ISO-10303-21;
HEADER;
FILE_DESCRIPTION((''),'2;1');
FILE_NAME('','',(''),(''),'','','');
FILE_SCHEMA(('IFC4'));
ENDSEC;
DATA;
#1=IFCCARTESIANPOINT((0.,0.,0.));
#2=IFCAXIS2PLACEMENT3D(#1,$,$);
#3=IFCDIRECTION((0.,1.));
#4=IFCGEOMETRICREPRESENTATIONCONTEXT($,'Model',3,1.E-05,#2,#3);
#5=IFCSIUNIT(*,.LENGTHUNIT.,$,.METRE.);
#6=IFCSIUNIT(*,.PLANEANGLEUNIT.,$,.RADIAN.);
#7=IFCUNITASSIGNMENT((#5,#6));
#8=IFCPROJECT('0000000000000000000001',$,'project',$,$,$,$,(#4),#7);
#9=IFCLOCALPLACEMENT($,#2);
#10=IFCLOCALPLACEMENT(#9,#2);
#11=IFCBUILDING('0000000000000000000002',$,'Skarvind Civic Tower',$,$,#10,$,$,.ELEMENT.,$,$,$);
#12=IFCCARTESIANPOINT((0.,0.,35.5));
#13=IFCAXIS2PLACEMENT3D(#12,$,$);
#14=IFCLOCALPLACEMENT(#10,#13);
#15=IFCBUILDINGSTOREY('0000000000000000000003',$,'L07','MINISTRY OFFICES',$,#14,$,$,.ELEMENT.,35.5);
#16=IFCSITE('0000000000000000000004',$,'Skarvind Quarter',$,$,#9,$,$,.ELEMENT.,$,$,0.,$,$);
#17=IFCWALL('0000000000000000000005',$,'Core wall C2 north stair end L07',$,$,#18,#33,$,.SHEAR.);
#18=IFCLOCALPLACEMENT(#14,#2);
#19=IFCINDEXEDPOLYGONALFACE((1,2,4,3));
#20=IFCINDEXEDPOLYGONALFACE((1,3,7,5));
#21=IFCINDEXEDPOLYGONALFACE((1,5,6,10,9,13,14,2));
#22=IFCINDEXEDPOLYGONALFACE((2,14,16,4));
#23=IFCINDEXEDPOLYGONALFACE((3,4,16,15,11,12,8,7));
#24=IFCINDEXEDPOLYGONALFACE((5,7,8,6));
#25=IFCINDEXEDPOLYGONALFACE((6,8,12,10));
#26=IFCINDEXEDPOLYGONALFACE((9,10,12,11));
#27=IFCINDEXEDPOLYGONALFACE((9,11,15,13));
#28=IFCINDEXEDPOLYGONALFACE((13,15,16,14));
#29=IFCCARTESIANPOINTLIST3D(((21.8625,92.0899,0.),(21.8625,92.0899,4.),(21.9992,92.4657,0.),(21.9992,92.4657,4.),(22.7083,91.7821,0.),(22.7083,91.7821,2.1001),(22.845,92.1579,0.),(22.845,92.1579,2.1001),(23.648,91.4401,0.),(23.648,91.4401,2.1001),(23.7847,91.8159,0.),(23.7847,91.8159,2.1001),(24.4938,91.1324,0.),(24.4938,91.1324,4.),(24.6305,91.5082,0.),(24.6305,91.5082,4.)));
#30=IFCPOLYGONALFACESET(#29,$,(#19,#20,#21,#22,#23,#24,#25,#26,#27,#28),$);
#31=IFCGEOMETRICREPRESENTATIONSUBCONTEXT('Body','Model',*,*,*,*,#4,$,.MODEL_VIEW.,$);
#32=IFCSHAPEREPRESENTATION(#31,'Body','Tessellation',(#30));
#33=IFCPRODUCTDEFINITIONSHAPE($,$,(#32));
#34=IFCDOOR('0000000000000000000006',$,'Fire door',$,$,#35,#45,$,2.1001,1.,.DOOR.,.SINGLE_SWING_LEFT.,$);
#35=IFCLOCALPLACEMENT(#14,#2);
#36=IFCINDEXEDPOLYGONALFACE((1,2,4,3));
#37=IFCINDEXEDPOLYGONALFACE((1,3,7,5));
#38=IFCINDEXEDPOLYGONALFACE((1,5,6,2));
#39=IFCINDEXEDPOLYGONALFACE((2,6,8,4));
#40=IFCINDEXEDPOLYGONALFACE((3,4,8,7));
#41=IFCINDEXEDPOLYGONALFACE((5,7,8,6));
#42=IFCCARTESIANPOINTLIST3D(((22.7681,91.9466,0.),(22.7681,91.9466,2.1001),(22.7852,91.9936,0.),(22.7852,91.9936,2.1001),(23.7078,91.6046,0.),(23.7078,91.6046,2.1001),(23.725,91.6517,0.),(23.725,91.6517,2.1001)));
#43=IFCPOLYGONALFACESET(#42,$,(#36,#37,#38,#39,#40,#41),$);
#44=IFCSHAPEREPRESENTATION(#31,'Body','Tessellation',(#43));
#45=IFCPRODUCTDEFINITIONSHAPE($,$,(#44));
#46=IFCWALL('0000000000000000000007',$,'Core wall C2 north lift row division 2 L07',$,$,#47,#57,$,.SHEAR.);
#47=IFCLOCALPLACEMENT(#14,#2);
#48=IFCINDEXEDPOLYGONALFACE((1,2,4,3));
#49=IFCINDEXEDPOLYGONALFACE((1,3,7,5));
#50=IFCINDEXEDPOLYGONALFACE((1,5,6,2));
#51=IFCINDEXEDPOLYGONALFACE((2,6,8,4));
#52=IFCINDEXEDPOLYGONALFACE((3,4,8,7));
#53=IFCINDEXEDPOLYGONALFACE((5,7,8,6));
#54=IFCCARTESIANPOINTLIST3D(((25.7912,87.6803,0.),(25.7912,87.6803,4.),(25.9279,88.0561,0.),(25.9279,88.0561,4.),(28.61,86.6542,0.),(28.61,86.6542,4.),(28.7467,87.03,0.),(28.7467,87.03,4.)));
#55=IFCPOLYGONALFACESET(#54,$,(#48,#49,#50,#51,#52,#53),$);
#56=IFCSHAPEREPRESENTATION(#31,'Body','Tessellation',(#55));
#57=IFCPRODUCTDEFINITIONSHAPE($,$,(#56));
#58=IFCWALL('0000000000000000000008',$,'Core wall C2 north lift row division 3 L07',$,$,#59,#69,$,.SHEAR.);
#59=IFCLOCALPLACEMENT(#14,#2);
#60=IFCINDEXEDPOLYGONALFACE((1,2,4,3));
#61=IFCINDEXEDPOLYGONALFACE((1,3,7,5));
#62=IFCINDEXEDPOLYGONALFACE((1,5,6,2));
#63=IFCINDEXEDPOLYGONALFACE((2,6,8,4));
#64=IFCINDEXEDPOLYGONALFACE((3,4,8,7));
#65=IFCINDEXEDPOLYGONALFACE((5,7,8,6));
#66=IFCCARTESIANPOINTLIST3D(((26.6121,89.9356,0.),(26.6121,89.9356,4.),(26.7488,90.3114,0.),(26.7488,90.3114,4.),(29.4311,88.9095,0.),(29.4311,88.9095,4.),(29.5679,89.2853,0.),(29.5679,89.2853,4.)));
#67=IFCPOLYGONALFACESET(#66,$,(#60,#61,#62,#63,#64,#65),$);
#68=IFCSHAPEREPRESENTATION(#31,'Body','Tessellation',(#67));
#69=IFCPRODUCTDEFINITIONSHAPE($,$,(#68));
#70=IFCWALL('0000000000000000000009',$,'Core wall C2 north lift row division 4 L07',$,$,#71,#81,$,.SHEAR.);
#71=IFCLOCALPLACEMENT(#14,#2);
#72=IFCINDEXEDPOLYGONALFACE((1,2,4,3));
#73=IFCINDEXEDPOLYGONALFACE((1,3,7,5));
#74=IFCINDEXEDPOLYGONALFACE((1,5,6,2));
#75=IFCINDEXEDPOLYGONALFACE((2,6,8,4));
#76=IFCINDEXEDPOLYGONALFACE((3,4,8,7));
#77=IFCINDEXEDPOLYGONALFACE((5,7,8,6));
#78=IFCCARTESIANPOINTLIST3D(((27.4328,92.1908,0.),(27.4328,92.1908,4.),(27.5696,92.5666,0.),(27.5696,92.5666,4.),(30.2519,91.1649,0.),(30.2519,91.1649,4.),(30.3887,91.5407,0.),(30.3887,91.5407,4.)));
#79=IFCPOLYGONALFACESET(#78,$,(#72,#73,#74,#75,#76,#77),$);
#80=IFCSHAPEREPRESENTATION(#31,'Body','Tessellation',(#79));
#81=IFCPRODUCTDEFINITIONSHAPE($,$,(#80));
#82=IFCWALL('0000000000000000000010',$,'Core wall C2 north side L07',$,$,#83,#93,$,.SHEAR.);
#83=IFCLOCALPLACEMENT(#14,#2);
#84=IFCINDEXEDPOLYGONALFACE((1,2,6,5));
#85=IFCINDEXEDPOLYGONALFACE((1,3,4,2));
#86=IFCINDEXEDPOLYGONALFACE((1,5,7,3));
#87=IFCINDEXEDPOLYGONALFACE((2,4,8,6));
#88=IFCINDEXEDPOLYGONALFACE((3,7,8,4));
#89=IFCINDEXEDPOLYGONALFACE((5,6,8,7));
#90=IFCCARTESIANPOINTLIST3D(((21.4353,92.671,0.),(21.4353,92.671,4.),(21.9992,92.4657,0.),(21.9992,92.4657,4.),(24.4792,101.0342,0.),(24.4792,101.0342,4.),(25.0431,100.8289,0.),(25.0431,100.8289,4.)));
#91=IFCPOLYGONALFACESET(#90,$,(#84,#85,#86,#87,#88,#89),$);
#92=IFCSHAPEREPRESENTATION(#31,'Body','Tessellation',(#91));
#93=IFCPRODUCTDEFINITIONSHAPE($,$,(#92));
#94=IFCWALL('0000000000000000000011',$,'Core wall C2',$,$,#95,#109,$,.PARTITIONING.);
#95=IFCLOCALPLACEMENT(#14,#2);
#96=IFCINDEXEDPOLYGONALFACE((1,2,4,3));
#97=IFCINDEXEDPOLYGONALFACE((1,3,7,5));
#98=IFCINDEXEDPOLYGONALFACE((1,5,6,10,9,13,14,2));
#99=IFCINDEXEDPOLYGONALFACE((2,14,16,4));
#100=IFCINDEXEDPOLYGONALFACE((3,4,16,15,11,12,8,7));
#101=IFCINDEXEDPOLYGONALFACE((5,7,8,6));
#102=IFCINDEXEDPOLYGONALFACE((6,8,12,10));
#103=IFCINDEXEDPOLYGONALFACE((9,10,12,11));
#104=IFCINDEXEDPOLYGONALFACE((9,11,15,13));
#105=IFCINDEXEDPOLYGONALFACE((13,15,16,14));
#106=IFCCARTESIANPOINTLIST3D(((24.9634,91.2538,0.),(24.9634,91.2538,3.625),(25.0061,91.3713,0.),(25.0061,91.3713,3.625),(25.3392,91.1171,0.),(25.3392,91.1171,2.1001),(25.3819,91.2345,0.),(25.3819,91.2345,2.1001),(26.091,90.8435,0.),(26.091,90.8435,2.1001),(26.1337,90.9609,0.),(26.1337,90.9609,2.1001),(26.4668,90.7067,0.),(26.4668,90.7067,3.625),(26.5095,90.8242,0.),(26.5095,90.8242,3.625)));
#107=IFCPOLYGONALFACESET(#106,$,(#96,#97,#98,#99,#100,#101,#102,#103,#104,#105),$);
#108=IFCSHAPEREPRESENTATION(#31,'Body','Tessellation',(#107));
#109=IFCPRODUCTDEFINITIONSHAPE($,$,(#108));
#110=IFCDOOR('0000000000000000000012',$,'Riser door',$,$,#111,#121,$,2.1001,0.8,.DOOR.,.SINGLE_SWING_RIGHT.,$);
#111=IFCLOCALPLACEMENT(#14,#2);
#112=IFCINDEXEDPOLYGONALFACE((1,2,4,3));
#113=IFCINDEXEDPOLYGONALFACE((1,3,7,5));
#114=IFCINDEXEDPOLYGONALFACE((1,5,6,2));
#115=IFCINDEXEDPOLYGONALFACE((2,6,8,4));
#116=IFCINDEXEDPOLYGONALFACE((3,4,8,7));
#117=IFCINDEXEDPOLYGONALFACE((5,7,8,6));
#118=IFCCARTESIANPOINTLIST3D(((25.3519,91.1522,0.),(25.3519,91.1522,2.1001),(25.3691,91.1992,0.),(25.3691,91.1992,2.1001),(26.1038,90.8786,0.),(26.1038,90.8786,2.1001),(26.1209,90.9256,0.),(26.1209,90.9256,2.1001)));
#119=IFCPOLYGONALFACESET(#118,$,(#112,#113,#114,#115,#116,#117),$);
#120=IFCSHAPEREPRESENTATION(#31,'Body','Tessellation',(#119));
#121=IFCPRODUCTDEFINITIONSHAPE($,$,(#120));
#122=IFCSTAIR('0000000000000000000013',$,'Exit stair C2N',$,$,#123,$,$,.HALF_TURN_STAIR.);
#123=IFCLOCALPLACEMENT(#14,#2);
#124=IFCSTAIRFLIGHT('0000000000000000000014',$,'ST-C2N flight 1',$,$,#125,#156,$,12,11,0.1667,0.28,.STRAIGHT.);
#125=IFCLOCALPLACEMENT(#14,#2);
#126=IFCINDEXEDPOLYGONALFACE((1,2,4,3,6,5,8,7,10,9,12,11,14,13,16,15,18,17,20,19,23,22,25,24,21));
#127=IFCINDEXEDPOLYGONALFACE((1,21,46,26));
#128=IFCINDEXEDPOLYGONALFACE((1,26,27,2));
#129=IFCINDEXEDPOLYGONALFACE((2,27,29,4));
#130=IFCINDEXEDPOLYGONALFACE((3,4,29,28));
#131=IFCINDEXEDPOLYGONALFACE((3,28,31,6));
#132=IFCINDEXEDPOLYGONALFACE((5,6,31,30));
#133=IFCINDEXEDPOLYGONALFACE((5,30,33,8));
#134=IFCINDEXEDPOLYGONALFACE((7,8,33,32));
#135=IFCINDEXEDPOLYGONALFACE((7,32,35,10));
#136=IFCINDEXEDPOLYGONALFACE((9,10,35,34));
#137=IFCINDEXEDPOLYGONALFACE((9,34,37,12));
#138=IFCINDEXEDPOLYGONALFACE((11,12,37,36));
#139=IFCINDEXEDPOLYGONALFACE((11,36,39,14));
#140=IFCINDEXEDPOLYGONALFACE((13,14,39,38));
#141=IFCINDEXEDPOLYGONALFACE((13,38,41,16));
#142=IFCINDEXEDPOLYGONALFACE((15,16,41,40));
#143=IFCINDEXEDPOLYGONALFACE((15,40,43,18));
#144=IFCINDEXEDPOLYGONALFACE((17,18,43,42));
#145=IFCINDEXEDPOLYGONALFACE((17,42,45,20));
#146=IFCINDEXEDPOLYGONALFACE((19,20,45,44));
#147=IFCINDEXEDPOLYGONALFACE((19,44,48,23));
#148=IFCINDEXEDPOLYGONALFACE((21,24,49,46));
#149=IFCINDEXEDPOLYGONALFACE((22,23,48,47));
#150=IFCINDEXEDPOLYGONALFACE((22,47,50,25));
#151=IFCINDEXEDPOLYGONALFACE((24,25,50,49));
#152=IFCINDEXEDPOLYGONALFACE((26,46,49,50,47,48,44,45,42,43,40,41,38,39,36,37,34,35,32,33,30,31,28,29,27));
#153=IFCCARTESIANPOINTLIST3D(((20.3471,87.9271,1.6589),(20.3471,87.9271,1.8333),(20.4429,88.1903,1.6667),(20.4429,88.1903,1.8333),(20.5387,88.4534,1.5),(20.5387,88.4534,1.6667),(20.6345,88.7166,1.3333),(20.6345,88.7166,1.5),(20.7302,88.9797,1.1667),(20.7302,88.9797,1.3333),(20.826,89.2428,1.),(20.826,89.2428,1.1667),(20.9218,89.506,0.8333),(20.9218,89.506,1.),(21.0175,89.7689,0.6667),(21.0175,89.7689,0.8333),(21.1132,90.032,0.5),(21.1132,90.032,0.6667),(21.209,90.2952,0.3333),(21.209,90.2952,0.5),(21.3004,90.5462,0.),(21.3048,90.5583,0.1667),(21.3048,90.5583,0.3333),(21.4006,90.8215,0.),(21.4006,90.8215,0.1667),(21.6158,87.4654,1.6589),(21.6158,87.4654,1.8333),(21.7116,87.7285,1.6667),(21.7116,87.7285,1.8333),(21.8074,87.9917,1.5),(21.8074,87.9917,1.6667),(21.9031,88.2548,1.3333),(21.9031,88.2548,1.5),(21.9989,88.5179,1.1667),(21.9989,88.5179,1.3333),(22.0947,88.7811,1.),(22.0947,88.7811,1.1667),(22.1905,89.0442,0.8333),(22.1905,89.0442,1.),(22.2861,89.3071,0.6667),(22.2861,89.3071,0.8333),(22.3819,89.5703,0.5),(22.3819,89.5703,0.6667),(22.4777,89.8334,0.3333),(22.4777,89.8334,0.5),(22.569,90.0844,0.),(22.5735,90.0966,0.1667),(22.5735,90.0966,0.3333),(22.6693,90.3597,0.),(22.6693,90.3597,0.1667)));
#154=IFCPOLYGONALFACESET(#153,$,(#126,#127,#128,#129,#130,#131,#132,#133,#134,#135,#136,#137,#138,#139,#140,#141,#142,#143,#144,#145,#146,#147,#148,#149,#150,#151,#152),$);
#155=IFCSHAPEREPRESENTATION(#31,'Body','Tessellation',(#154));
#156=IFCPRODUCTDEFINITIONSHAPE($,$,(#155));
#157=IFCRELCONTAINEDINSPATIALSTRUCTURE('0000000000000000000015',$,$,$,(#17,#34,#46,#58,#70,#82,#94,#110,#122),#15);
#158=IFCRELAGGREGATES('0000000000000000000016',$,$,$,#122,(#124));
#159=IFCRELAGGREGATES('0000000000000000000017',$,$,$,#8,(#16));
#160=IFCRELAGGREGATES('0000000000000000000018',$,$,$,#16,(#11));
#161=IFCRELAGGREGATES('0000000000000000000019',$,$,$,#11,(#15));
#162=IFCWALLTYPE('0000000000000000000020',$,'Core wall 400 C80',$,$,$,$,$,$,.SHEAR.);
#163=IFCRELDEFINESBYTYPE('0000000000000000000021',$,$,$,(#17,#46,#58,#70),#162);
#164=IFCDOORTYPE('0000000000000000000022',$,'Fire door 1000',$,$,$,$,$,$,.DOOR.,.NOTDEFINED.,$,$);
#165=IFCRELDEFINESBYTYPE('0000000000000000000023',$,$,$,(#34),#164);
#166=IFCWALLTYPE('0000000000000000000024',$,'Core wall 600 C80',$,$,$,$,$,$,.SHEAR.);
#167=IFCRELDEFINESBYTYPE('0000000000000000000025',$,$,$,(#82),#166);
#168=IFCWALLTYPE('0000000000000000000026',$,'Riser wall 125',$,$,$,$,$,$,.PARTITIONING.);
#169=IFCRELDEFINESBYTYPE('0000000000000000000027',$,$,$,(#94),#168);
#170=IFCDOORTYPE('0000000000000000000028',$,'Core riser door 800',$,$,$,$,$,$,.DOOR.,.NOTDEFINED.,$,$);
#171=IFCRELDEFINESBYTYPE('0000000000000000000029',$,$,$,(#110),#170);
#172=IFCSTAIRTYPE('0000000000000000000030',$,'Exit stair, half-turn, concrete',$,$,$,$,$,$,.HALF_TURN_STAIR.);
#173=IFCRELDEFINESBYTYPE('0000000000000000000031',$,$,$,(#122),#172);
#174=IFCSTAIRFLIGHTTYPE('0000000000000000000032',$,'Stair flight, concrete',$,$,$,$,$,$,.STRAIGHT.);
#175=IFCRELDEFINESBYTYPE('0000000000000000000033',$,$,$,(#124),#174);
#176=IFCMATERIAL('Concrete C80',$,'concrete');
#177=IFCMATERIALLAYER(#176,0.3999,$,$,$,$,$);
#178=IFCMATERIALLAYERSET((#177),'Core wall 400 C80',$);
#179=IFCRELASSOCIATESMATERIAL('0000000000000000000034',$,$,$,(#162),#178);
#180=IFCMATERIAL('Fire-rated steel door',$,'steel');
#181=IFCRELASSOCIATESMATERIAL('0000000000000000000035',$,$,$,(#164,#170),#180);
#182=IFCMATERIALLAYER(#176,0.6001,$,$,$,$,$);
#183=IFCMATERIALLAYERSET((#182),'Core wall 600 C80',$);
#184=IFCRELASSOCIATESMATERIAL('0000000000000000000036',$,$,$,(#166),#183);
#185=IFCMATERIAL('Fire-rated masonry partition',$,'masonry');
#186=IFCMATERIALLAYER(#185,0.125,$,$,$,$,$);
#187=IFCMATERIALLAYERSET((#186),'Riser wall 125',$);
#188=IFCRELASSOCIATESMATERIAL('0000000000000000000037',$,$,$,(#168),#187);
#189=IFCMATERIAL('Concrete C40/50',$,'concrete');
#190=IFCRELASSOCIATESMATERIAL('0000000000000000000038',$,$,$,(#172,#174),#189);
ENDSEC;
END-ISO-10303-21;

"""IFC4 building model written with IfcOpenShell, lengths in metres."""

from ifc_helpers import new_model, si_unit, direction, frame, frame_2d, origin, place, context, subcontext, project, spatial, polyline, rectangle, outline, extrude, material, layer, layer_set, type_object, element, fill, aggregate, save


model = new_model("IFC4")

# Units and contexts
model_context = context("Model", 3, precision=1e-05, world=origin(), true_north=direction((0.0, 1.0)))
body_context = subcontext(model_context, "Body", "Model", "MODEL_VIEW")
ifc_project = project(units=[si_unit("LENGTHUNIT", "METRE"), si_unit("PLANEANGLEUNIT", "RADIAN")], contexts=[model_context])

# Site, building, storey
site_placement = place(None, origin())
site = spatial("IfcSite", under=ifc_project, at=site_placement, Name="Skarvind Quarter", CompositionType="ELEMENT", RefElevation=0.0)
building_placement = place(site_placement, origin())
building = spatial("IfcBuilding", under=site, at=building_placement, Name="Skarvind Civic Tower", CompositionType="ELEMENT")
storey_placement = place(building_placement, frame((0.0, 0.0, 35.5)))
storey = spatial("IfcBuildingStorey", under=building, at=storey_placement, Name="L07", Description="MINISTRY OFFICES", CompositionType="ELEMENT", Elevation=35.5)

# Wall, opening, door
ifc_material_1 = material(Name="Concrete C80", Category="concrete")
ifc_layer_1 = layer(ifc_material_1, 0.3999)
ifc_layer_set_1 = layer_set([ifc_layer_1], Name="Core wall 400 C80")
wall_type_1 = type_object("IfcWallType", Name="Core wall 400 C80", PredefinedType="SHEAR", material=ifc_layer_set_1)
wall_1_placement = place(storey_placement, frame((24.562, 91.3203, 0.0), z_axis=(0.0, 0.0, 1.0), x_axis=(-0.939717, 0.341953, 0.0)))
wall_1 = element("IfcWall", 1, at=wall_1_placement, inside=storey, type_object=wall_type_1, Name="Core wall C2 north stair end L07", PredefinedType="SHEAR", context=body_context, shape_type="SweptSolid", body=[
    extrude(rectangle(XDim=2.8, YDim=0.3999, at=frame_2d((1.3999, 0.0))), origin(), (0.0, 0.0, 1.0), 4.0),
])
opening_1_placement = place(wall_1_placement, frame((0.8999, 0.0, 0.0)))
opening_1 = element("IfcOpeningElement", 2, at=opening_1_placement, cuts=wall_1, PredefinedType="OPENING", context=body_context, shape_type="SweptSolid", body=[
    extrude(rectangle(XDim=1.0, YDim=2.1001, at=frame_2d((0.5, 1.05))), frame((0.0, 0.21, 0.0), z_axis=(0.0, -1.0, 0.0), x_axis=(1.0, 0.0, 0.0)), (0.0, 0.0, 1.0), 0.4199),
])
ifc_material_2 = material(Name="Fire-rated steel door", Category="steel")
door_type_1 = type_object("IfcDoorType", Name="Fire door 1000", OperationType="NOTDEFINED", PredefinedType="DOOR", material=ifc_material_2)
door_1_placement = place(opening_1_placement, origin())
door_1 = element("IfcDoor", 3, at=door_1_placement, inside=storey, type_object=door_type_1, Name="Fire door", OperationType="SINGLE_SWING_LEFT", OverallHeight=2.1001, OverallWidth=1.0, PredefinedType="DOOR", context=body_context, shape_type="SweptSolid", body=[
    extrude(rectangle(XDim=1.0, YDim=2.1001, at=frame_2d((0.5, 1.05))), frame((0.0, 0.0249, 0.0), z_axis=(0.0, -1.0, 0.0), x_axis=(1.0, 0.0, 0.0)), (0.0, 0.0, 1.0), 0.05),
])
fill(opening_1, door_1)

# Walls
wall_2_placement = place(storey_placement, frame((28.6785, 86.842, 0.0), z_axis=(0.0, 0.0, 1.0), x_axis=(-0.939677, 0.342063, 0.0)))
element("IfcWall", 4, at=wall_2_placement, inside=storey, type_object=wall_type_1, Name="Core wall C2 north lift row division 2 L07", PredefinedType="SHEAR", context=body_context, shape_type="SweptSolid", body=[
    extrude(rectangle(XDim=2.9998, YDim=0.3999, at=frame_2d((1.5, 0.0))), origin(), (0.0, 0.0, 1.0), 4.0),
])
for number, where, z_axis, x_axis, name in (
    (5, (29.4995, 89.0974, 0.0), (0.0, 0.0, 1.0), (-0.939686, 0.342037, 0.0), "Core wall C2 north lift row division 3 L07"),
    (6, (30.3203, 91.3528, 0.0), (0.0, 0.0, 1.0), (-0.939713, 0.341965, 0.0), "Core wall C2 north lift row division 4 L07"),
):
    element("IfcWall", number, at=place(storey_placement, frame(where, z_axis=z_axis, x_axis=x_axis)), inside=storey, type_object=wall_type_1, Name=name, PredefinedType="SHEAR", context=body_context, shape_type="SweptSolid", body=[
        extrude(rectangle(XDim=3.0, YDim=0.3999, at=frame_2d((1.5, 0.0))), origin(), (0.0, 0.0, 1.0), 4.0),
    ])
ifc_layer_2 = layer(ifc_material_1, 0.6001)
ifc_layer_set_2 = layer_set([ifc_layer_2], Name="Core wall 600 C80")
wall_type_2 = type_object("IfcWallType", Name="Core wall 600 C80", PredefinedType="SHEAR", material=ifc_layer_set_2)
wall_3_placement = place(storey_placement, frame((21.7173, 92.5684, 0.0), z_axis=(0.0, 0.0, 1.0), x_axis=(0.342016, 0.939694, 0.0)))
element("IfcWall", 7, at=wall_3_placement, inside=storey, type_object=wall_type_2, Name="Core wall C2 north side L07", PredefinedType="SHEAR", context=body_context, shape_type="SweptSolid", body=[
    extrude(rectangle(XDim=8.8999, YDim=0.6001, at=frame_2d((4.45, 0.0))), origin(), (0.0, 0.0, 1.0), 4.0),
])

# Wall, opening, door
ifc_material_3 = material(Name="Fire-rated masonry partition", Category="masonry")
ifc_layer_3 = layer(ifc_material_3, 0.125)
ifc_layer_set_3 = layer_set([ifc_layer_3], Name="Riser wall 125")
wall_type_3 = type_object("IfcWallType", Name="Riser wall 125", PredefinedType="PARTITIONING", material=ifc_layer_set_3)
wall_4_placement = place(storey_placement, frame((24.9849, 91.3125, 0.0), z_axis=(0.0, 0.0, 1.0), x_axis=(0.939709, -0.341976, 0.0)))
wall_4 = element("IfcWall", 8, at=wall_4_placement, inside=storey, type_object=wall_type_3, Name="Core wall C2", PredefinedType="PARTITIONING", context=body_context, shape_type="SweptSolid", body=[
    extrude(rectangle(XDim=1.5999, YDim=0.125, at=frame_2d((0.7998, 0.0))), origin(), (0.0, 0.0, 1.0), 3.625),
])
opening_2_placement = place(wall_4_placement, frame((0.3999, 0.0, 0.0)))
opening_2 = element("IfcOpeningElement", 9, at=opening_2_placement, cuts=wall_4, PredefinedType="OPENING", context=body_context, shape_type="SweptSolid", body=[
    extrude(rectangle(XDim=0.8, YDim=2.1001, at=frame_2d((0.3999, 1.05))), frame((0.0, 0.0725, 0.0), z_axis=(0.0, -1.0, 0.0), x_axis=(1.0, 0.0, 0.0)), (0.0, 0.0, 1.0), 0.145),
])
door_type_2 = type_object("IfcDoorType", Name="Core riser door 800", OperationType="NOTDEFINED", PredefinedType="DOOR", material=ifc_material_2)
door_2_placement = place(opening_2_placement, origin())
door_2 = element("IfcDoor", 10, at=door_2_placement, inside=storey, type_object=door_type_2, Name="Riser door", OperationType="SINGLE_SWING_RIGHT", OverallHeight=2.1001, OverallWidth=0.8, PredefinedType="DOOR", context=body_context, shape_type="SweptSolid", body=[
    extrude(rectangle(XDim=0.8, YDim=2.1001, at=frame_2d((0.3999, 1.05))), frame((0.0, 0.0249, 0.0), z_axis=(0.0, -1.0, 0.0), x_axis=(1.0, 0.0, 0.0)), (0.0, 0.0, 1.0), 0.05),
])
fill(opening_2, door_2)

# Stair, stair flight
ifc_material_4 = material(Name="Concrete C40/50", Category="concrete")
stair_type = type_object("IfcStairType", Name="Exit stair, half-turn, concrete", PredefinedType="HALF_TURN_STAIR", material=ifc_material_4)
stair_placement = place(storey_placement, origin())
stair = element("IfcStair", 11, at=stair_placement, inside=storey, type_object=stair_type, Name="Exit stair C2N", PredefinedType="HALF_TURN_STAIR")
stair_flight_type = type_object("IfcStairFlightType", Name="Stair flight, concrete", PredefinedType="STRAIGHT", material=ifc_material_4)
stair_flight_1_placement = place(storey_placement, frame((22.0349, 90.5906, 0.0), z_axis=(0.0, 0.0, 1.0), x_axis=(-0.34202, -0.939693, 0.0)))
stair_flight_1 = element("IfcStairFlight", 12, at=stair_flight_1_placement, type_object=stair_flight_type, Name="ST-C2N flight 1", NumberOfRisers=12, NumberOfTreads=11, PredefinedType="STRAIGHT", RiserHeight=0.1667, TreadLength=0.28, context=body_context, shape_type="SweptSolid", body=[
    extrude(outline(polyline([(0.0, 0.0), (0.0, 0.1667), (0.28, 0.1667), (0.28, 0.3333), (0.5601, 0.3333), (0.5601, 0.5), (0.8401, 0.5), (0.8401, 0.6667), (1.1201, 0.6667), (1.1201, 0.8333), (1.3999, 0.8333), (1.3999, 1.0), (1.6799, 1.0), (1.6799, 1.1667), (1.96, 1.1667), (1.96, 1.3333), (2.24, 1.3333), (2.24, 1.5), (2.52, 1.5), (2.52, 1.6667), (2.8, 1.6667), (2.8, 1.8333), (3.0801, 1.8333), (3.0801, 2.0), (3.0801, 1.6589), (0.293, 0.0), (0.0, 0.0)])), frame((0.0, 0.675, 0.0), z_axis=(0.0, -1.0, 0.0), x_axis=(1.0, 0.0, 0.0)), (0.0, 0.0, 1.0), 1.3501),
])
aggregate(stair, [stair_flight_1])

save(model, "model.ifc")
